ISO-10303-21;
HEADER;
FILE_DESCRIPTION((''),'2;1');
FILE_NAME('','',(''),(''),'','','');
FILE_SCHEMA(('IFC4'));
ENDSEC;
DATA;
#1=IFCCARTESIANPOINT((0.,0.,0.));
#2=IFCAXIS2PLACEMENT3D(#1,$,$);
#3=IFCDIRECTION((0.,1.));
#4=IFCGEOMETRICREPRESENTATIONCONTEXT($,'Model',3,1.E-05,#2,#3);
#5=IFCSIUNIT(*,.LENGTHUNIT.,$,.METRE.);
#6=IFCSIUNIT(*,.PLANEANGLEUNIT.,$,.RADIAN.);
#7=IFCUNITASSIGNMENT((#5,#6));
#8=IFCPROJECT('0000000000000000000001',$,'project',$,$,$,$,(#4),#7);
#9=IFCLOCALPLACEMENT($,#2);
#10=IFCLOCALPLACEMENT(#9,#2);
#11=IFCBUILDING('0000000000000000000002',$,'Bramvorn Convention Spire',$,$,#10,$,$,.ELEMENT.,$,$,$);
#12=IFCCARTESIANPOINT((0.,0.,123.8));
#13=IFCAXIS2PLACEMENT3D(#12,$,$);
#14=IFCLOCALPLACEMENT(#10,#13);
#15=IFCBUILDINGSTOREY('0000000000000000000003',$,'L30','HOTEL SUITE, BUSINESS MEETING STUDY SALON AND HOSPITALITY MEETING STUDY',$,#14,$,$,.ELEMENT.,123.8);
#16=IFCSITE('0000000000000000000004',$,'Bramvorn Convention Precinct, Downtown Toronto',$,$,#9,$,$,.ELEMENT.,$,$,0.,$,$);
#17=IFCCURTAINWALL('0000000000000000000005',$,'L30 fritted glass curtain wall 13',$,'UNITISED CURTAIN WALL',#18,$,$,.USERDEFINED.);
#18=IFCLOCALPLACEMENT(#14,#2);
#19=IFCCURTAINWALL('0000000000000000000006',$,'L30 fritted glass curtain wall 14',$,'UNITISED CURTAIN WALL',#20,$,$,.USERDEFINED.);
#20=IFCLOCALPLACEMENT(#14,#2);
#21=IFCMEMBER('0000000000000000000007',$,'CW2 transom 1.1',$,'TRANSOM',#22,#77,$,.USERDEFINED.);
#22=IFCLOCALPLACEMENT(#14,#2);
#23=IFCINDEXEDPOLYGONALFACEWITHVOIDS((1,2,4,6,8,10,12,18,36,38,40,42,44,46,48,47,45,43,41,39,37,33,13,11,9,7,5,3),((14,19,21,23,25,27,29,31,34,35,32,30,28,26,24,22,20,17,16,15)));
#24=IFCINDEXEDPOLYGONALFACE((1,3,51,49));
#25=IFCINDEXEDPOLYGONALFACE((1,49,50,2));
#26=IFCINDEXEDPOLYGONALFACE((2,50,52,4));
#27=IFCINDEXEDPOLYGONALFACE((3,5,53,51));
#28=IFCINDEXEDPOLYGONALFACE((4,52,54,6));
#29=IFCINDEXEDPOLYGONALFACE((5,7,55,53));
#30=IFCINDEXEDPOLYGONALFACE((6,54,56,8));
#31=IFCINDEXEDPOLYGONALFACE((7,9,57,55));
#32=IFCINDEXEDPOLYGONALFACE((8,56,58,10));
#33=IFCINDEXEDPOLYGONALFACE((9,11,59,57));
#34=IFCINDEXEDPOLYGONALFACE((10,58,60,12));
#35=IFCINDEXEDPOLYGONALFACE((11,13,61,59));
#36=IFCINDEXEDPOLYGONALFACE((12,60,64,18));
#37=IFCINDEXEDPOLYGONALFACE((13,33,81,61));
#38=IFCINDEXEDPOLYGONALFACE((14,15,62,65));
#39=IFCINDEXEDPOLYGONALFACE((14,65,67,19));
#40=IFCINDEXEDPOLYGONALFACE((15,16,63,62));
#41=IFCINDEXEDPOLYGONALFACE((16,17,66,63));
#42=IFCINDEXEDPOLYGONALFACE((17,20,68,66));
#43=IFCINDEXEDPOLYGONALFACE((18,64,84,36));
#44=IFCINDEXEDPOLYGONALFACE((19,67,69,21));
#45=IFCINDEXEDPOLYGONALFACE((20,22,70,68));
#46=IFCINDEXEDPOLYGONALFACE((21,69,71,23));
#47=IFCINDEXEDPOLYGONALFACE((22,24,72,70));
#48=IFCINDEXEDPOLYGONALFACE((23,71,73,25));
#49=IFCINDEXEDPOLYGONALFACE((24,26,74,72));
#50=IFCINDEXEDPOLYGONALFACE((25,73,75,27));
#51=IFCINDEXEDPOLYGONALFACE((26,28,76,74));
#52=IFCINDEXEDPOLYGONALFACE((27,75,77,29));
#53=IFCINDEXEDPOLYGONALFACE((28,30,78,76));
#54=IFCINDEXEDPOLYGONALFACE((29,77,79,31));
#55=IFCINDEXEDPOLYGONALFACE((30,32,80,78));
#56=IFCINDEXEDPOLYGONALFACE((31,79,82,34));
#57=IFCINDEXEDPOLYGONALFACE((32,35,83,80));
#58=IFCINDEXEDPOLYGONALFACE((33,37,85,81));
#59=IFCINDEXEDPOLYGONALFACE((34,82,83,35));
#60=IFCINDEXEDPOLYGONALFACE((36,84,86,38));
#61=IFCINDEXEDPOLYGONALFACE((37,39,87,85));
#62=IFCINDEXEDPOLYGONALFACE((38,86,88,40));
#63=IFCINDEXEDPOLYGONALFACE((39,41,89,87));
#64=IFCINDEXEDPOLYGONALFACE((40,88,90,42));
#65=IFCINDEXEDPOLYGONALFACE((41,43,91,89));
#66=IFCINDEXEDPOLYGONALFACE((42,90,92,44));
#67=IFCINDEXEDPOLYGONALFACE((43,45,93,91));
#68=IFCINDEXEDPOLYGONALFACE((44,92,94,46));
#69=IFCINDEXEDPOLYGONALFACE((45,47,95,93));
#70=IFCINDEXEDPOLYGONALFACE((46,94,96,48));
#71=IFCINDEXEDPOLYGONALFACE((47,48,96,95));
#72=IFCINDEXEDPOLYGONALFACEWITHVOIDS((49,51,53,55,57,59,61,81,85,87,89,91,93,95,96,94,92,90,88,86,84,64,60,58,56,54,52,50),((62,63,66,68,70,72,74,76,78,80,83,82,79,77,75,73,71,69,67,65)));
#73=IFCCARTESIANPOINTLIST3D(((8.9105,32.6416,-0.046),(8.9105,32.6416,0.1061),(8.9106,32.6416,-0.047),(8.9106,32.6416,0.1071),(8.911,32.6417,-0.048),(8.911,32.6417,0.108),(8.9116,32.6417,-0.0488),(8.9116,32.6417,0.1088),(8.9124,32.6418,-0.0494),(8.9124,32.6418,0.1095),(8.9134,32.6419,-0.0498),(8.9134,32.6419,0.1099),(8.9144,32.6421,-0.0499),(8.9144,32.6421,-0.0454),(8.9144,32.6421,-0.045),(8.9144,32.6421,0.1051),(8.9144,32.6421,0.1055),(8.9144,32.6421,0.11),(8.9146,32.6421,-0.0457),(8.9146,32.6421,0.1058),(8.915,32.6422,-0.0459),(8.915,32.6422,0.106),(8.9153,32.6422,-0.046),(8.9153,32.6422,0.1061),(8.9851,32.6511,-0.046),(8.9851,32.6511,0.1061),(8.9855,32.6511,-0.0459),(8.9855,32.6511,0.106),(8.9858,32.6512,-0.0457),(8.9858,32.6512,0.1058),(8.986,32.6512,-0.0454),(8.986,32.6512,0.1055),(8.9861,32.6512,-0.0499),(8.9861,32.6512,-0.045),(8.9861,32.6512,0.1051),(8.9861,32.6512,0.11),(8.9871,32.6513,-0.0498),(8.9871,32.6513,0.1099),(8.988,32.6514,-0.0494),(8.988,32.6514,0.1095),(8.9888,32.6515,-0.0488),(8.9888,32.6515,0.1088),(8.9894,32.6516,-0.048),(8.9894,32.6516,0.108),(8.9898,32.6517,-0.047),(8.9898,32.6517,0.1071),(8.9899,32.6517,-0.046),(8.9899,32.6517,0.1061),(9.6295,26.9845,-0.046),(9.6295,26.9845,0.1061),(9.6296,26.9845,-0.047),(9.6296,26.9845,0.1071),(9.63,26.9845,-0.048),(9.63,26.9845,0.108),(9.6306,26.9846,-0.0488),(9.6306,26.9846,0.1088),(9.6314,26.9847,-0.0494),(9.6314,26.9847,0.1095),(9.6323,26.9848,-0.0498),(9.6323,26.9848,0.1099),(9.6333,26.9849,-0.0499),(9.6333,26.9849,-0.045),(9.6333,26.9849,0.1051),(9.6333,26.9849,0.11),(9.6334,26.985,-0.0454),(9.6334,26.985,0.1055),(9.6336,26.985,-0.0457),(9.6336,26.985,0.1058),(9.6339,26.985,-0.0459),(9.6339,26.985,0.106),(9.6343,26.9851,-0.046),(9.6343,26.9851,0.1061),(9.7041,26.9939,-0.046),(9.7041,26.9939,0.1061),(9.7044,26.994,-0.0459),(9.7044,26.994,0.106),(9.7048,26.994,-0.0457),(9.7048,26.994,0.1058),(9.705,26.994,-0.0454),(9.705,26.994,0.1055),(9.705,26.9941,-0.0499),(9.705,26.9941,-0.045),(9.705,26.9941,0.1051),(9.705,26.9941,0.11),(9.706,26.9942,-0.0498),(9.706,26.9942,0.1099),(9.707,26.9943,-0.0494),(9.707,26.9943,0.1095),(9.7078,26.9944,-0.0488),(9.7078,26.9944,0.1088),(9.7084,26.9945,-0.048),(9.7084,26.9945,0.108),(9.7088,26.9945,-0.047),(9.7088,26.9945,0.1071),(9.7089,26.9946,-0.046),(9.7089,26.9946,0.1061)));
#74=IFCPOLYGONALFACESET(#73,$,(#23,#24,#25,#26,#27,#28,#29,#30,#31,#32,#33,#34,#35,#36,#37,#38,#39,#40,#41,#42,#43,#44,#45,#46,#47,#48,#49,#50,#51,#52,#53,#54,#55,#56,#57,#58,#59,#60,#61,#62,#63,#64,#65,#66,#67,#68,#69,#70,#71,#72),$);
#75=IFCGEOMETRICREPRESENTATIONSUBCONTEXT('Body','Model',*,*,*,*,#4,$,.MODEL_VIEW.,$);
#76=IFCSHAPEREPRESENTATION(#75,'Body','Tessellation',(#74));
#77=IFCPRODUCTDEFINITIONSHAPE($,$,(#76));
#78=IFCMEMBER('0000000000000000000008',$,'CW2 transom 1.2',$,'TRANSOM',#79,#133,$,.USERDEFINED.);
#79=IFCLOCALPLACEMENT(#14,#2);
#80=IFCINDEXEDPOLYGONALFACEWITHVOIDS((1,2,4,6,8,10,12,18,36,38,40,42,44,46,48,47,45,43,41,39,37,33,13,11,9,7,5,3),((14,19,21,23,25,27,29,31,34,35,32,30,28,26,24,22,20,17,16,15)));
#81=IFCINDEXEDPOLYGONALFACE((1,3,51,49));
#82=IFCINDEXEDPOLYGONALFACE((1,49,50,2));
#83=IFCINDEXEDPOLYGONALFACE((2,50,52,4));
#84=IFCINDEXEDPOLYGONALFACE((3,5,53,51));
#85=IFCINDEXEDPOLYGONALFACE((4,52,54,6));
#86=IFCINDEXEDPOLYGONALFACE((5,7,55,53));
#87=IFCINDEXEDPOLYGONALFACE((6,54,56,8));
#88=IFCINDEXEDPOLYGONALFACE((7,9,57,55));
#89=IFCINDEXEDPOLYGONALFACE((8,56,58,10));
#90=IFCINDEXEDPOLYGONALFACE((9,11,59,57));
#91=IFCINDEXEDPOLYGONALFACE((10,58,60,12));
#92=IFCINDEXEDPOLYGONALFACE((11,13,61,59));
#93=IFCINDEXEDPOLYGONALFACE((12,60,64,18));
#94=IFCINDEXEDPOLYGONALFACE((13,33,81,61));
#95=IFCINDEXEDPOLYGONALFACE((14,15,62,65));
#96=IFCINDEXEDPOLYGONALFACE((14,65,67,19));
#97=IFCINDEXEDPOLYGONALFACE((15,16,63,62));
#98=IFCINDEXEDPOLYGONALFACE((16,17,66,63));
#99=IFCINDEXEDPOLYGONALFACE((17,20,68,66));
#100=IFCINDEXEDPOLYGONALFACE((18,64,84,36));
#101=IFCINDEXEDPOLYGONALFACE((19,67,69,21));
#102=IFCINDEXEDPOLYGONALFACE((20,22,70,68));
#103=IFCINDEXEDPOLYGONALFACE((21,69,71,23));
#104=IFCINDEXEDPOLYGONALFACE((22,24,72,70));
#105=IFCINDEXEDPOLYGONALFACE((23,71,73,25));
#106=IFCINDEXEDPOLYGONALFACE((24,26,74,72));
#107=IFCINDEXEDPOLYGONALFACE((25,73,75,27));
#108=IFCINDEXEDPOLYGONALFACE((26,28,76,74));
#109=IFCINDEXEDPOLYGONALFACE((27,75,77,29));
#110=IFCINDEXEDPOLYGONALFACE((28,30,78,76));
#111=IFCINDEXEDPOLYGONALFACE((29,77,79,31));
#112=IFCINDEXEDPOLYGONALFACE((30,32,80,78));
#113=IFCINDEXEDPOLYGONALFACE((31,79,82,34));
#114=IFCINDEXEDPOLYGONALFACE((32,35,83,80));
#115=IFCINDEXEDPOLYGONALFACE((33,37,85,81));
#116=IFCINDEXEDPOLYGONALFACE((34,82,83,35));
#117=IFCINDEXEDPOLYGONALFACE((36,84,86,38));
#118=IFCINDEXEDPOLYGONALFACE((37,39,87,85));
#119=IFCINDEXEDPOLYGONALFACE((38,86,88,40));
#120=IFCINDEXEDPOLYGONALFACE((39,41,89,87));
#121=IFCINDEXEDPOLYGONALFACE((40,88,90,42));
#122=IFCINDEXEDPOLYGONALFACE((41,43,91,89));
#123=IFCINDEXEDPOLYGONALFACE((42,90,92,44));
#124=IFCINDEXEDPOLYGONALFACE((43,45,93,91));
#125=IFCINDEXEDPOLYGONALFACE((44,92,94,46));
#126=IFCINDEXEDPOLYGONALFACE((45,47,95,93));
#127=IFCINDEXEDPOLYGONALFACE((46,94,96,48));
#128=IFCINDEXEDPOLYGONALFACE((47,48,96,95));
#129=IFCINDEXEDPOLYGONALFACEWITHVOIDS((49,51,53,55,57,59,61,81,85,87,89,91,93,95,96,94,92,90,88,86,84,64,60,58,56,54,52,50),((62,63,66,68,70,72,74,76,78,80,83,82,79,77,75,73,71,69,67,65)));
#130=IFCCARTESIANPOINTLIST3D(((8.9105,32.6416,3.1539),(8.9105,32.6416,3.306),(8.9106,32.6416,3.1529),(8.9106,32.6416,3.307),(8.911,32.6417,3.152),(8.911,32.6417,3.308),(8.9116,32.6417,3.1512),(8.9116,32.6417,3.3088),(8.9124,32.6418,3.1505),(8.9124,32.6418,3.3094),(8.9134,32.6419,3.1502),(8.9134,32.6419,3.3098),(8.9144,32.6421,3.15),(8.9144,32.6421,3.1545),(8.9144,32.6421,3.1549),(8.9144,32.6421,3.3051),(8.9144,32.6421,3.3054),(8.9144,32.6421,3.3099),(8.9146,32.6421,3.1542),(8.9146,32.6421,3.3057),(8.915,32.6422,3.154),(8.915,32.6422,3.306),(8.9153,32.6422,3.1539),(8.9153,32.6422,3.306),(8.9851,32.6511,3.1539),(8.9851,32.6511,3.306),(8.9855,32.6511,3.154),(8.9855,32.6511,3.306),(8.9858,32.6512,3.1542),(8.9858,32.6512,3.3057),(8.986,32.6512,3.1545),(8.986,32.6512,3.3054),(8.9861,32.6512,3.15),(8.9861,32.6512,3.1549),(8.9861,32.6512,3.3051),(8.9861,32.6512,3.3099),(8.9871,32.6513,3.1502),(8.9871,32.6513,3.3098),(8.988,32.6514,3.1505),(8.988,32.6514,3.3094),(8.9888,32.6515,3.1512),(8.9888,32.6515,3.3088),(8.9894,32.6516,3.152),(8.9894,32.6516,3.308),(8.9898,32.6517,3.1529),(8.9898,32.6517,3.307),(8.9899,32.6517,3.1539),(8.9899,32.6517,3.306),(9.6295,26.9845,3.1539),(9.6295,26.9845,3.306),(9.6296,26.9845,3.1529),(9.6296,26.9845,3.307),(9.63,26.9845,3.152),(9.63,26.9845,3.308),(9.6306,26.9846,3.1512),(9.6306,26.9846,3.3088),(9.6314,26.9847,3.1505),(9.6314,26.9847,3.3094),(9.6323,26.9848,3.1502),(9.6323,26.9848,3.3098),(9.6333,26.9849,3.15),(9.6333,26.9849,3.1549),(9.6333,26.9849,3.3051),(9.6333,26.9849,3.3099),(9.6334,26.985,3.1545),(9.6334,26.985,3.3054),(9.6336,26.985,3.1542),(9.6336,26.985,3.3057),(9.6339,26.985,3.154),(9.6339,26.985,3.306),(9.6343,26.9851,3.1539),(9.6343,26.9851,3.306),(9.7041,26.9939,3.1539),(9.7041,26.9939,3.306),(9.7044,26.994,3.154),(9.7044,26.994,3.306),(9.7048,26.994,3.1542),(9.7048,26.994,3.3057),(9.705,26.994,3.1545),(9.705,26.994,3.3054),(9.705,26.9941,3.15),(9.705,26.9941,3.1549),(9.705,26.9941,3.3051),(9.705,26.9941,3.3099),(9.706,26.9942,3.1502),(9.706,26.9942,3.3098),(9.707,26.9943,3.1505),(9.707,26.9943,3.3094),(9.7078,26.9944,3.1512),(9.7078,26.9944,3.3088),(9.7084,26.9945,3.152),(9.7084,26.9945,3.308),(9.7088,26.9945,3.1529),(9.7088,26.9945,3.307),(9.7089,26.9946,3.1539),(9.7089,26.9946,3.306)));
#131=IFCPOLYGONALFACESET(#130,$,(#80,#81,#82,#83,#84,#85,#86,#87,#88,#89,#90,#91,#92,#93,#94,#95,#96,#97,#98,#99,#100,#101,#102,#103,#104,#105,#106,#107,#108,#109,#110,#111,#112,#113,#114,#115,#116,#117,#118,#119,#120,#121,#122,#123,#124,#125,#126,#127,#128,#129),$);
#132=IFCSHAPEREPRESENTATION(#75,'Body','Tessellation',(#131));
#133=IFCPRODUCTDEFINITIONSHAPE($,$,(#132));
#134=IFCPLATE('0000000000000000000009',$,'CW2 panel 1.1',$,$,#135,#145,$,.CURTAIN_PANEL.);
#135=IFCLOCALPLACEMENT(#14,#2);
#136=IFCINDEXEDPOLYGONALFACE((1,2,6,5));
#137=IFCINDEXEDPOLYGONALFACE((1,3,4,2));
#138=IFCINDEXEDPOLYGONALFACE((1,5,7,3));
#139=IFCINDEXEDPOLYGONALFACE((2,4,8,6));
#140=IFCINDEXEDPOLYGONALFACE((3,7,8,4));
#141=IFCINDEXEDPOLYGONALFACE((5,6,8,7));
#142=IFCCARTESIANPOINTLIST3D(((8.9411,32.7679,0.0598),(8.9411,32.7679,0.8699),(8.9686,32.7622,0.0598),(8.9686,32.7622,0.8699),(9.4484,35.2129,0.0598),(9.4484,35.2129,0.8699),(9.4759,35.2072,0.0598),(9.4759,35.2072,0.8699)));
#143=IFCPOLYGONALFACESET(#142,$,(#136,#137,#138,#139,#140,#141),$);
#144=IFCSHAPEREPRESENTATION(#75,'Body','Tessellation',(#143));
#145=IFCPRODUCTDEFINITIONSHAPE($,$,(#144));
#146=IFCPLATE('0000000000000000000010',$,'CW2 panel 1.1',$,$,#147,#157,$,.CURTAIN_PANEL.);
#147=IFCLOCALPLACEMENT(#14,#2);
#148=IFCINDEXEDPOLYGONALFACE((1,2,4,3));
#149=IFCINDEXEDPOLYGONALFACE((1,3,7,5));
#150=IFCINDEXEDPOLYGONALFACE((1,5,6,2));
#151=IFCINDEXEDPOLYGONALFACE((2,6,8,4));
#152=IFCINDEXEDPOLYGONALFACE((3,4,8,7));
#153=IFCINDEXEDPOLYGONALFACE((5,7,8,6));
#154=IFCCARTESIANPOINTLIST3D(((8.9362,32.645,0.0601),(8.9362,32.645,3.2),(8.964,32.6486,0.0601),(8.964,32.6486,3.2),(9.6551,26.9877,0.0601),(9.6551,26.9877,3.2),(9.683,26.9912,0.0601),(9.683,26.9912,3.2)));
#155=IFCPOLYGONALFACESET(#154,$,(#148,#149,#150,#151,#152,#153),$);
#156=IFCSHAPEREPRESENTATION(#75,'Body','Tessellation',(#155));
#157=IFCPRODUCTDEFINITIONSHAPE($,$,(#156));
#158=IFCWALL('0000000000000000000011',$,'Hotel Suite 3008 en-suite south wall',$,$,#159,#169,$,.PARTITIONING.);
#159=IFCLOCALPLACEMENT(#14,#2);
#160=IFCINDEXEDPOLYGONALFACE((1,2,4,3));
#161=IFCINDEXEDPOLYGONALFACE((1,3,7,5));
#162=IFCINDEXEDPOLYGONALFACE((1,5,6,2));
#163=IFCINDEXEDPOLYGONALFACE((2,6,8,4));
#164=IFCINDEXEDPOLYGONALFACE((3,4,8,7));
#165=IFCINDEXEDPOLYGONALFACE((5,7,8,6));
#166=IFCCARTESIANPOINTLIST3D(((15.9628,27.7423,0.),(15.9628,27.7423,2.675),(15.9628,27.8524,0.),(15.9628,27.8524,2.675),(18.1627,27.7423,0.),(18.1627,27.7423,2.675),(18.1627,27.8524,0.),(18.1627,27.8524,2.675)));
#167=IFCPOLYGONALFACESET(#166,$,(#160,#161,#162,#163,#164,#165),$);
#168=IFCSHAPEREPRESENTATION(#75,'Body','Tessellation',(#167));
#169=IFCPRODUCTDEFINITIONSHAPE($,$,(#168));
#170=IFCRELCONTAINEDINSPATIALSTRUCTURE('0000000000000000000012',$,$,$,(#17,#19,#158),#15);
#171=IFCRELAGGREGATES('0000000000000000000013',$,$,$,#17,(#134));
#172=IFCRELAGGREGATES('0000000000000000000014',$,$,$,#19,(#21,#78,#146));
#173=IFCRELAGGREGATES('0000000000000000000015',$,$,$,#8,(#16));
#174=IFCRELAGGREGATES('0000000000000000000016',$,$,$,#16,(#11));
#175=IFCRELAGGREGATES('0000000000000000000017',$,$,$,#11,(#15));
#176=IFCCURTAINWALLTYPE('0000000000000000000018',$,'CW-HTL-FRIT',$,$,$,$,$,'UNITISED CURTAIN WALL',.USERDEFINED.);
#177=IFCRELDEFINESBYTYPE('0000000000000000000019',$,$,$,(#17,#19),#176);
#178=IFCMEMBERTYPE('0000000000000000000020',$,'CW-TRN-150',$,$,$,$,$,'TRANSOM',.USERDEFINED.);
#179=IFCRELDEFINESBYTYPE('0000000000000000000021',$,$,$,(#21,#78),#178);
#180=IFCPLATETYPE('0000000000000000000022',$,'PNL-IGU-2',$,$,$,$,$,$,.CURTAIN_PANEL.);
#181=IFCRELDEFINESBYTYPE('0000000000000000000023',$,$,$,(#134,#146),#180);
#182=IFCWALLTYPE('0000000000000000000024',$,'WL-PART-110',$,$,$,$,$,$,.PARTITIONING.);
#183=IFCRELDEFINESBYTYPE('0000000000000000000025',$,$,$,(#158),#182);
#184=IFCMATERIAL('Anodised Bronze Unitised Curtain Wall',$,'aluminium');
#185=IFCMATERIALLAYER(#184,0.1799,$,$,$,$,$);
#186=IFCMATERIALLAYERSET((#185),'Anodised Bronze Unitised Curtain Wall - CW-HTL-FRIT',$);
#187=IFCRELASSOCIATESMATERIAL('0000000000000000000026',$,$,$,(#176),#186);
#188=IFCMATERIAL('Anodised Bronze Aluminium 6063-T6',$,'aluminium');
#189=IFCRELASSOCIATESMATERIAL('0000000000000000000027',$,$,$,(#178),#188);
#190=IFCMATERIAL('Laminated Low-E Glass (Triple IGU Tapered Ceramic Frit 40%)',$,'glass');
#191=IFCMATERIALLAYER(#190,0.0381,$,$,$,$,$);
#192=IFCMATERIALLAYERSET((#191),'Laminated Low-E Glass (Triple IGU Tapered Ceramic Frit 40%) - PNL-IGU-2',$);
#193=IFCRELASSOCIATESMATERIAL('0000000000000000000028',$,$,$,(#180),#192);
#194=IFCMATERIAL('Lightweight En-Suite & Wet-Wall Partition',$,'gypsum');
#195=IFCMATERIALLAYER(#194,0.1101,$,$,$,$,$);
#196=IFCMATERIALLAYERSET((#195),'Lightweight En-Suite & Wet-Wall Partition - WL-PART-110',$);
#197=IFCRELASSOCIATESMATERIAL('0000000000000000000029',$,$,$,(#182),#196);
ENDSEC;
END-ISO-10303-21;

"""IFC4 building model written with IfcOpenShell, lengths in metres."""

from ifc_helpers import new_model, si_unit, direction, frame, frame_2d, origin, origin_2d, place, context, subcontext, project, spatial, rectangle, hollow_rectangle, extrude, material, layer, layer_set, material_profile, profile_set, type_object, element, aggregate, save


model = new_model("IFC4")

# Units and contexts
model_context = context("Model", 3, precision=1e-05, world=origin(), true_north=direction((0.0, 1.0)))
body_context = subcontext(model_context, "Body", "Model", "MODEL_VIEW")
ifc_project = project(units=[si_unit("LENGTHUNIT", "METRE"), si_unit("PLANEANGLEUNIT", "RADIAN")], contexts=[model_context])

# Site, building, storey
site_placement = place(None, origin())
site = spatial("IfcSite", under=ifc_project, at=site_placement, Name="Bramvorn Convention Precinct, Downtown Toronto", CompositionType="ELEMENT", RefElevation=0.0)
building_placement = place(site_placement, origin())
building = spatial("IfcBuilding", under=site, at=building_placement, Name="Bramvorn Convention Spire", CompositionType="ELEMENT")
storey_placement = place(building_placement, frame((0.0, 0.0, 123.8)))
storey = spatial("IfcBuildingStorey", under=building, at=storey_placement, Name="L30", Description="HOTEL SUITE, BUSINESS MEETING STUDY SALON AND HOSPITALITY MEETING STUDY", CompositionType="ELEMENT", Elevation=123.8)

# Curtain wall
ifc_material_1 = material(Name="Anodised Bronze Unitised Curtain Wall", Category="aluminium")
ifc_layer_1 = layer(ifc_material_1, 0.1799)
ifc_layer_set_1 = layer_set([ifc_layer_1], Name="Anodised Bronze Unitised Curtain Wall - CW-HTL-FRIT")
curtain_wall_type = type_object("IfcCurtainWallType", Name="CW-HTL-FRIT", ElementType="UNITISED CURTAIN WALL", PredefinedType="USERDEFINED", material=ifc_layer_set_1)
curtain_wall_1_placement = place(storey_placement, origin())
curtain_wall_1 = element("IfcCurtainWall", 1, at=curtain_wall_1_placement, inside=storey, type_object=curtain_wall_type, Name="L30 fritted glass curtain wall 13", ObjectType="UNITISED CURTAIN WALL", PredefinedType="USERDEFINED")
ifc_material_2 = material(Name="Anodised Bronze Aluminium 6063-T6", Category="aluminium")

# Curtain wall
curtain_wall_2_placement = place(storey_placement, origin())
curtain_wall_2 = element("IfcCurtainWall", 2, at=curtain_wall_2_placement, inside=storey, type_object=curtain_wall_type, Name="L30 fritted glass curtain wall 14", ObjectType="UNITISED CURTAIN WALL", PredefinedType="USERDEFINED")

# Members
ifc_material_profile_1 = material_profile(ifc_material_2, hollow_rectangle(XDim=0.0801, YDim=0.1599, WallThickness=0.0039, InnerFilletRadius=0.001, OuterFilletRadius=0.0039, at=origin_2d()))
ifc_profile_set_1 = profile_set([ifc_material_profile_1], Name="Anodised Bronze Aluminium 6063-T6 - CWT80X160")
member_type_1 = type_object("IfcMemberType", Name="CW-TRN-150", ElementType="TRANSOM", PredefinedType="USERDEFINED", material=ifc_profile_set_1)
member_1_placement = place(storey_placement, frame((9.6692, 26.9895, 0.03), z_axis=(-0.126079, 0.99202, 0.0), x_axis=(-0.99202, -0.126079, 0.0)))
member_1 = element("IfcMember", 3, at=member_1_placement, type_object=member_type_1, Name="CW2 transom 1.1", ObjectType="TRANSOM", PredefinedType="USERDEFINED", context=body_context, shape_type="SweptSolid", body=[
    extrude(hollow_rectangle(XDim=0.0801, YDim=0.1599, WallThickness=0.0039, InnerFilletRadius=0.001, OuterFilletRadius=0.0039, at=origin_2d()), origin(), (0.0, 0.0, 1.0), 5.7026),
])
member_2_placement = place(storey_placement, frame((9.6692, 26.9895, 3.23), z_axis=(-0.126079, 0.99202, 0.0), x_axis=(-0.99202, -0.126079, 0.0)))
member_2 = element("IfcMember", 4, at=member_2_placement, type_object=member_type_1, Name="CW2 transom 1.2", ObjectType="TRANSOM", PredefinedType="USERDEFINED", context=body_context, shape_type="SweptSolid", body=[
    extrude(hollow_rectangle(XDim=0.0801, YDim=0.1599, WallThickness=0.0039, InnerFilletRadius=0.001, OuterFilletRadius=0.0039, at=origin_2d()), origin(), (0.0, 0.0, 1.0), 5.7026),
])

# Plates
ifc_material_3 = material(Name="Laminated Low-E Glass (Triple IGU Tapered Ceramic Frit 40%)", Category="glass")
ifc_layer_2 = layer(ifc_material_3, 0.0381)
ifc_layer_set_2 = layer_set([ifc_layer_2], Name="Laminated Low-E Glass (Triple IGU Tapered Ceramic Frit 40%) - PNL-IGU-2")
plate_type = type_object("IfcPlateType", Name="PNL-IGU-2", PredefinedType="CURTAIN_PANEL", material=ifc_layer_set_2)
plate_1_placement = place(storey_placement, frame((9.2085, 33.9875, 0.0598), z_axis=(0.0, 0.0, 1.0), x_axis=(0.203158, 0.979146, 0.0)))
plate_1 = element("IfcPlate", 5, at=plate_1_placement, type_object=plate_type, Name="CW2 panel 1.1", PredefinedType="CURTAIN_PANEL", context=body_context, shape_type="SweptSolid", body=[
    extrude(rectangle(XDim=2.4971, YDim=0.0281, at=origin_2d()), origin(), (0.0, 0.0, 1.0), 0.8101),
])
aggregate(curtain_wall_1, [plate_1])
plate_2_placement = place(storey_placement, frame((9.3096, 29.8181, 0.0601), z_axis=(0.0, 0.0, 1.0), x_axis=(-0.126074, 0.992021, 0.0)))
plate_2 = element("IfcPlate", 6, at=plate_2_placement, type_object=plate_type, Name="CW2 panel 1.1", PredefinedType="CURTAIN_PANEL", context=body_context, shape_type="SweptSolid", body=[
    extrude(rectangle(XDim=5.7029, YDim=0.0281, at=origin_2d()), origin(), (0.0, 0.0, 1.0), 3.1399),
])
aggregate(curtain_wall_2, [member_1, member_2, plate_2])

# Wall
ifc_material_4 = material(Name="Lightweight En-Suite & Wet-Wall Partition", Category="gypsum")
ifc_layer_3 = layer(ifc_material_4, 0.1101)
ifc_layer_set_3 = layer_set([ifc_layer_3], Name="Lightweight En-Suite & Wet-Wall Partition - WL-PART-110")
wall_type_1 = type_object("IfcWallType", Name="WL-PART-110", PredefinedType="PARTITIONING", material=ifc_layer_set_3)
wall_1_placement = place(storey_placement, frame((15.9626, 27.7974, 0.0), z_axis=(0.0, 0.0, 1.0), x_axis=(1.0, 0.0, 0.0)))
element("IfcWall", 7, at=wall_1_placement, inside=storey, type_object=wall_type_1, Name="Hotel Suite 3008 en-suite south wall", PredefinedType="PARTITIONING", context=body_context, shape_type="SweptSolid", body=[
    extrude(rectangle(XDim=2.2, YDim=0.1101, at=frame_2d((1.1001, 0.0))), origin(), (0.0, 0.0, 1.0), 2.675),
])

save(model, "model.ifc")
